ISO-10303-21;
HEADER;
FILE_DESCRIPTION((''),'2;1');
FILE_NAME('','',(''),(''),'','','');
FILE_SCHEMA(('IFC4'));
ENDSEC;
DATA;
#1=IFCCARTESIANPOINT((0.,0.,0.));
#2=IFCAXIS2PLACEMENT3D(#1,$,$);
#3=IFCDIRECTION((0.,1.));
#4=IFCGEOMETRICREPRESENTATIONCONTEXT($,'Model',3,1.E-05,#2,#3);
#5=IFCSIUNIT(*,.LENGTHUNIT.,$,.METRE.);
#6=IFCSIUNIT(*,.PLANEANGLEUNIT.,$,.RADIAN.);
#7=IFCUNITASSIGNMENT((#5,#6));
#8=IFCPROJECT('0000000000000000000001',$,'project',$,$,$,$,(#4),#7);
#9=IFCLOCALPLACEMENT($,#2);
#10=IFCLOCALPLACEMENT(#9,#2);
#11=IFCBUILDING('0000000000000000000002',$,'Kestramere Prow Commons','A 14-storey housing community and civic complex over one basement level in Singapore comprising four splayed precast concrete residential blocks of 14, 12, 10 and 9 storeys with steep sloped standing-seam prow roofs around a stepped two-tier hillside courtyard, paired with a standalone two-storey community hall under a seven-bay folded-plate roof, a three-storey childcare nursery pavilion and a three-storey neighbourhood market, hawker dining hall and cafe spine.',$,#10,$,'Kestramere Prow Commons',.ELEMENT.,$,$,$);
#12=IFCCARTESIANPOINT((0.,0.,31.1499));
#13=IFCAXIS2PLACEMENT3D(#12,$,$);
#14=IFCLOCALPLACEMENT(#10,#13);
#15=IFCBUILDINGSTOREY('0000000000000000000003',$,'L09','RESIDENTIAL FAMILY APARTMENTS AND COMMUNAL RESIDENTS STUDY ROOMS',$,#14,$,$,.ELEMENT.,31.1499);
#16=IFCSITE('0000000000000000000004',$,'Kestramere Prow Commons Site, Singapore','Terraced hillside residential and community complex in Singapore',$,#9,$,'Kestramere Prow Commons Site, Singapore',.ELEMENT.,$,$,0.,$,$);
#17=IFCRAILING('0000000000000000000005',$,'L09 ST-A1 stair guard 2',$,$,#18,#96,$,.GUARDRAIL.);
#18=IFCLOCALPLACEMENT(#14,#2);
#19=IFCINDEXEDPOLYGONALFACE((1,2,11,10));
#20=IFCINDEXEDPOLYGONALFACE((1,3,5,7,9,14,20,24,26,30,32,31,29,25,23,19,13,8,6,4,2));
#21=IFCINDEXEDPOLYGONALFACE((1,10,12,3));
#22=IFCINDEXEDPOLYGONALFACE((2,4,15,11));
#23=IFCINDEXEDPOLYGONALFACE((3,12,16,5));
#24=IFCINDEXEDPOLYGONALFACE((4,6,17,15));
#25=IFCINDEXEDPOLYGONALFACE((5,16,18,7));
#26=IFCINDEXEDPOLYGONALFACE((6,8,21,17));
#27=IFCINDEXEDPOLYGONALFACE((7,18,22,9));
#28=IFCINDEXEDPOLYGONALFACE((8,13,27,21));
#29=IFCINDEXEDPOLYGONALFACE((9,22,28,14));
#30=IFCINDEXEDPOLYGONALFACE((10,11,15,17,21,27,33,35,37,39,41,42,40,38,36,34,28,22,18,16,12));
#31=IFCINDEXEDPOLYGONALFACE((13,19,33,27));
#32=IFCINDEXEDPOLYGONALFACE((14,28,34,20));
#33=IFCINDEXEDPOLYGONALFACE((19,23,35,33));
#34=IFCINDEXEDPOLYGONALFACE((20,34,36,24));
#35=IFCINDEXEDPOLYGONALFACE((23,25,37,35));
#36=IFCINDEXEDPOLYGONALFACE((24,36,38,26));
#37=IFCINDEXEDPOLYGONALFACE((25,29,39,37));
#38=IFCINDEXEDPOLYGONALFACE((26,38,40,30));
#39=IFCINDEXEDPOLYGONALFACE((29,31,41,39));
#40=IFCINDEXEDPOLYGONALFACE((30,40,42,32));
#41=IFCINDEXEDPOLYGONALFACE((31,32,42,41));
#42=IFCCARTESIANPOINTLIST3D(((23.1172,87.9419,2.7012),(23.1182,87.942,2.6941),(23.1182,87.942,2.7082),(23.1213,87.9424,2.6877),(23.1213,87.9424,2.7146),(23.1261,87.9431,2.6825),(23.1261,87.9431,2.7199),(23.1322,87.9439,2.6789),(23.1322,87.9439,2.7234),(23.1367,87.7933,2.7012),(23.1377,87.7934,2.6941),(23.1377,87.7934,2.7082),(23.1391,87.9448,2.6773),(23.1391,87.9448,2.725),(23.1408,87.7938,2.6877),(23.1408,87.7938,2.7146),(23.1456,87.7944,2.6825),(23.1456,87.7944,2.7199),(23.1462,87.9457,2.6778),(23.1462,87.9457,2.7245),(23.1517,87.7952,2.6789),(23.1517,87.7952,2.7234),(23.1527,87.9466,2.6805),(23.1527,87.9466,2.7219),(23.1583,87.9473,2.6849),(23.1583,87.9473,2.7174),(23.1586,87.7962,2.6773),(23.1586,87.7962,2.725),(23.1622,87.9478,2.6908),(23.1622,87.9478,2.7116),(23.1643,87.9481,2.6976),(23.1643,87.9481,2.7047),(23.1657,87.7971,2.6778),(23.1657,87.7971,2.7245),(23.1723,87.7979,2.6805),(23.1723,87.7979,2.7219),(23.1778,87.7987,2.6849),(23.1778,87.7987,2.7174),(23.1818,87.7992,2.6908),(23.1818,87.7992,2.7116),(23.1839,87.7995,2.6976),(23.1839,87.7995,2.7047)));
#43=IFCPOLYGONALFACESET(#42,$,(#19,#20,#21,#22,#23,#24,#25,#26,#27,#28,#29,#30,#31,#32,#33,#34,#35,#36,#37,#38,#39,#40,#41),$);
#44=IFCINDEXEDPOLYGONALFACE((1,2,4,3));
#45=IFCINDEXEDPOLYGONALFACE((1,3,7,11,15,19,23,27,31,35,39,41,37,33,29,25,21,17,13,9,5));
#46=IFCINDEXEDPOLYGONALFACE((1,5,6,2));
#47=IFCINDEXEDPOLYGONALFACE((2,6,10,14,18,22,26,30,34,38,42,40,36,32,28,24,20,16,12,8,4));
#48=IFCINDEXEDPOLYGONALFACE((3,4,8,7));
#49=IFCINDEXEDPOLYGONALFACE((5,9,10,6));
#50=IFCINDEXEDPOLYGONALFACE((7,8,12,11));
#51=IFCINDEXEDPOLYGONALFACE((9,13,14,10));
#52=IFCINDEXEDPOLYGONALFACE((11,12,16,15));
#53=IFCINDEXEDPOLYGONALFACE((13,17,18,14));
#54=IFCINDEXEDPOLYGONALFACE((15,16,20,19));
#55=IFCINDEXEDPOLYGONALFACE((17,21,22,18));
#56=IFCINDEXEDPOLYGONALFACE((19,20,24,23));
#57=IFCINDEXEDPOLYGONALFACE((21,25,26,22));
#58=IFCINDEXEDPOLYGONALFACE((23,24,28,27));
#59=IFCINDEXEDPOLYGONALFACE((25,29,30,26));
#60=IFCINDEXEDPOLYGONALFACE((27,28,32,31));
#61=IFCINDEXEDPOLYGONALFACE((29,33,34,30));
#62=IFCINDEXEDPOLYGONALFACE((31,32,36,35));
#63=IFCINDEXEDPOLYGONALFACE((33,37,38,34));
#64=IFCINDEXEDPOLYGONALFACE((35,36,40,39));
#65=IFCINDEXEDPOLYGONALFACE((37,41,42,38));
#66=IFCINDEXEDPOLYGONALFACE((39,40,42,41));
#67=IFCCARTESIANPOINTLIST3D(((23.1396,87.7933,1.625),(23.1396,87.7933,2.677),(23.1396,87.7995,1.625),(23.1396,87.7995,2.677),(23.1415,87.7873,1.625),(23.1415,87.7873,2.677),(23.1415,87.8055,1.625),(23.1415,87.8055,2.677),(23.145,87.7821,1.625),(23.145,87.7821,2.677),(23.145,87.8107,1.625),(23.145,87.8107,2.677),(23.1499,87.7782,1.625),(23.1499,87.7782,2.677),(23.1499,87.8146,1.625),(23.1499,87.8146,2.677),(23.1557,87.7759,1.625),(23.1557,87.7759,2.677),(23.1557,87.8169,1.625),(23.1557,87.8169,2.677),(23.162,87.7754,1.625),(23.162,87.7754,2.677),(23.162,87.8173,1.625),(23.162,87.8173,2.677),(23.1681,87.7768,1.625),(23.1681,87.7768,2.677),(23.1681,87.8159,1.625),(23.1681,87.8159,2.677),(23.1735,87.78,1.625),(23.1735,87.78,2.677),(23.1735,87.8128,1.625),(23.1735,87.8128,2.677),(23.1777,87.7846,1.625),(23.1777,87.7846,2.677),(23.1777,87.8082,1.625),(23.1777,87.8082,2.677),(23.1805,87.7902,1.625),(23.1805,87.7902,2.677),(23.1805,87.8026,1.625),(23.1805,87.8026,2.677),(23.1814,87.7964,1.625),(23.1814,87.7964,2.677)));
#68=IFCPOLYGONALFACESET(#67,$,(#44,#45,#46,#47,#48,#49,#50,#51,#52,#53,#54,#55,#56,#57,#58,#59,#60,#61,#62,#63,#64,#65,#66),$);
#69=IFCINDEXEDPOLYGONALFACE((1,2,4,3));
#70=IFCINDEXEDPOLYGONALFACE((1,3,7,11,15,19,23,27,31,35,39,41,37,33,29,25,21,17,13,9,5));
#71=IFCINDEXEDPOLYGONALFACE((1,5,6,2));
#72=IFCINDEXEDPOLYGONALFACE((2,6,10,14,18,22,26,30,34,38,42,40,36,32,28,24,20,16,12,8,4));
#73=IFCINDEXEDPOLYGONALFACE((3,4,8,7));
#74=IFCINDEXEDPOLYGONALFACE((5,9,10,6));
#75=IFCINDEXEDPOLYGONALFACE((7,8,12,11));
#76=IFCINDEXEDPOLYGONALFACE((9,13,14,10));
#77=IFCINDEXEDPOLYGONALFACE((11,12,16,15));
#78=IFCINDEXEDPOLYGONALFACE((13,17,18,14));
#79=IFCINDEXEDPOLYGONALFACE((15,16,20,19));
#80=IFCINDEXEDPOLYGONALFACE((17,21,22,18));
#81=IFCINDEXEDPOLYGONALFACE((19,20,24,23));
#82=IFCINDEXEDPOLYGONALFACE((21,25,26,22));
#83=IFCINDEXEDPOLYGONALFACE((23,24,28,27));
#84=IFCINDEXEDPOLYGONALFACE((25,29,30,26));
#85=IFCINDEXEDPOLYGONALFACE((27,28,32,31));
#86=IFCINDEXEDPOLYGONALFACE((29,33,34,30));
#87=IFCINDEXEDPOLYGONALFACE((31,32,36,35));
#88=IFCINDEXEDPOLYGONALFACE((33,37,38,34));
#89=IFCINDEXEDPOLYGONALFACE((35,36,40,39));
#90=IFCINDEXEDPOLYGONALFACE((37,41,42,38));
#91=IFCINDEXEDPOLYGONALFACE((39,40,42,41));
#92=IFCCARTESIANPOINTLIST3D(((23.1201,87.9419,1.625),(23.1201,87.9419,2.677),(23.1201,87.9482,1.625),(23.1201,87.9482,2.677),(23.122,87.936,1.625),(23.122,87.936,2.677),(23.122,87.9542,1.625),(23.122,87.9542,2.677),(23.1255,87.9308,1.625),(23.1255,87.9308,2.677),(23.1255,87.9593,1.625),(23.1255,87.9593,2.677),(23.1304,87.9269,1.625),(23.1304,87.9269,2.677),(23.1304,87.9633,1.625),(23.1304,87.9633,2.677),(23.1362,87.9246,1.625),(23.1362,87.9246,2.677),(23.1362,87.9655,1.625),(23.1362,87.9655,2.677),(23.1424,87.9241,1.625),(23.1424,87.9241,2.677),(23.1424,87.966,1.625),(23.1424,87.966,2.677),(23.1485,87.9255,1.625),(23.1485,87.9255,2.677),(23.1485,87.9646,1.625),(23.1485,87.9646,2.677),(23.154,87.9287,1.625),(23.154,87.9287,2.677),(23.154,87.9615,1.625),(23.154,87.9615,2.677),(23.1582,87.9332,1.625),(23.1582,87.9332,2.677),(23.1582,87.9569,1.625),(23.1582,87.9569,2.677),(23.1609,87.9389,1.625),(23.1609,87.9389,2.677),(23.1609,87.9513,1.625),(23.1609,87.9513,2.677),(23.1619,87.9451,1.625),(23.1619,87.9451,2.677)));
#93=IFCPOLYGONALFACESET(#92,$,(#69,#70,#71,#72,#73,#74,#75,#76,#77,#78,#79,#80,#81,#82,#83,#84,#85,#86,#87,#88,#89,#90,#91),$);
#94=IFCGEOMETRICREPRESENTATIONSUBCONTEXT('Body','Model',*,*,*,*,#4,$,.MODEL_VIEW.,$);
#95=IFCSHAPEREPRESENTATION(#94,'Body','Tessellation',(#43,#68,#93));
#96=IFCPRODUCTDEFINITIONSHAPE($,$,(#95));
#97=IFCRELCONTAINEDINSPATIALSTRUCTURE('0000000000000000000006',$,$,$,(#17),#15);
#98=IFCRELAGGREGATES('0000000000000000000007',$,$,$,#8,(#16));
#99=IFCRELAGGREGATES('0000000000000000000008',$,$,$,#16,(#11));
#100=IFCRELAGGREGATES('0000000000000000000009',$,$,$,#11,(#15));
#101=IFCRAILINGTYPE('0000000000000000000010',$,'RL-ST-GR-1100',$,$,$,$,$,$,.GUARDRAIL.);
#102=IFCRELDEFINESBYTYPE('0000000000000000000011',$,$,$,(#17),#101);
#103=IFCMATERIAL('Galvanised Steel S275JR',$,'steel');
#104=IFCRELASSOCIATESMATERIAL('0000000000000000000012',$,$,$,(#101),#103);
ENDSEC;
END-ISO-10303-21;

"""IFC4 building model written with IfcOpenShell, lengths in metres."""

from ifc_helpers import new_model, si_unit, direction, frame, origin, origin_2d, place, context, subcontext, project, spatial, circle, extrude, material, type_object, element, save


model = new_model("IFC4")

# Units and contexts
model_context = context("Model", 3, precision=1e-05, world=origin(), true_north=direction((0.0, 1.0)))
body_context = subcontext(model_context, "Body", "Model", "MODEL_VIEW")
ifc_project = project(units=[si_unit("LENGTHUNIT", "METRE"), si_unit("PLANEANGLEUNIT", "RADIAN")], contexts=[model_context])

# Site, building, storey
site_placement = place(None, origin())
site = spatial("IfcSite", under=ifc_project, at=site_placement, Name="Kestramere Prow Commons Site, Singapore", Description="Terraced hillside residential and community complex in Singapore", LongName="Kestramere Prow Commons Site, Singapore", CompositionType="ELEMENT", RefElevation=0.0)
building_placement = place(site_placement, origin())
building = spatial("IfcBuilding", under=site, at=building_placement, Name="Kestramere Prow Commons", Description="A 14-storey housing community and civic complex over one basement level in Singapore comprising four splayed precast concrete residential blocks of 14, 12, 10 and 9 storeys with steep sloped standing-seam prow roofs around a stepped two-tier hillside courtyard, paired with a standalone two-storey community hall under a seven-bay folded-plate roof, a three-storey childcare nursery pavilion and a three-storey neighbourhood market, hawker dining hall and cafe spine.", LongName="Kestramere Prow Commons", CompositionType="ELEMENT")
storey_placement = place(building_placement, frame((0.0, 0.0, 31.1499)))
storey = spatial("IfcBuildingStorey", under=building, at=storey_placement, Name="L09", Description="RESIDENTIAL FAMILY APARTMENTS AND COMMUNAL RESIDENTS STUDY ROOMS", CompositionType="ELEMENT", Elevation=31.1499)

# Railing
ifc_material_1 = material(Name="Galvanised Steel S275JR", Category="steel")
railing_type_1 = type_object("IfcRailingType", Name="RL-ST-GR-1100", PredefinedType="GUARDRAIL", material=ifc_material_1)
railing_1_placement = place(storey_placement, frame((23.1604, 87.7964, 1.625)))
element("IfcRailing", 1, at=railing_1_placement, inside=storey, type_object=railing_type_1, Name="L09 ST-A1 stair guard 2", PredefinedType="GUARDRAIL", context=body_context, shape_type="SweptSolid", body=[
    extrude(circle(Radius=0.0239, at=origin_2d()), frame((0.0, 0.0, 1.0762), z_axis=(-0.130244, 0.991482, 0.0), x_axis=(-0.991482, -0.130244, 0.0)), (0.0, 0.0, 1.0), 0.1499),
    extrude(circle(Radius=0.021, at=origin_2d()), origin(), (0.0, 0.0, 1.0), 1.052),
    extrude(circle(Radius=0.021, at=origin_2d()), frame((-0.0195, 0.1487, 0.0)), (0.0, 0.0, 1.0), 1.052),
])

save(model, "model.ifc")
